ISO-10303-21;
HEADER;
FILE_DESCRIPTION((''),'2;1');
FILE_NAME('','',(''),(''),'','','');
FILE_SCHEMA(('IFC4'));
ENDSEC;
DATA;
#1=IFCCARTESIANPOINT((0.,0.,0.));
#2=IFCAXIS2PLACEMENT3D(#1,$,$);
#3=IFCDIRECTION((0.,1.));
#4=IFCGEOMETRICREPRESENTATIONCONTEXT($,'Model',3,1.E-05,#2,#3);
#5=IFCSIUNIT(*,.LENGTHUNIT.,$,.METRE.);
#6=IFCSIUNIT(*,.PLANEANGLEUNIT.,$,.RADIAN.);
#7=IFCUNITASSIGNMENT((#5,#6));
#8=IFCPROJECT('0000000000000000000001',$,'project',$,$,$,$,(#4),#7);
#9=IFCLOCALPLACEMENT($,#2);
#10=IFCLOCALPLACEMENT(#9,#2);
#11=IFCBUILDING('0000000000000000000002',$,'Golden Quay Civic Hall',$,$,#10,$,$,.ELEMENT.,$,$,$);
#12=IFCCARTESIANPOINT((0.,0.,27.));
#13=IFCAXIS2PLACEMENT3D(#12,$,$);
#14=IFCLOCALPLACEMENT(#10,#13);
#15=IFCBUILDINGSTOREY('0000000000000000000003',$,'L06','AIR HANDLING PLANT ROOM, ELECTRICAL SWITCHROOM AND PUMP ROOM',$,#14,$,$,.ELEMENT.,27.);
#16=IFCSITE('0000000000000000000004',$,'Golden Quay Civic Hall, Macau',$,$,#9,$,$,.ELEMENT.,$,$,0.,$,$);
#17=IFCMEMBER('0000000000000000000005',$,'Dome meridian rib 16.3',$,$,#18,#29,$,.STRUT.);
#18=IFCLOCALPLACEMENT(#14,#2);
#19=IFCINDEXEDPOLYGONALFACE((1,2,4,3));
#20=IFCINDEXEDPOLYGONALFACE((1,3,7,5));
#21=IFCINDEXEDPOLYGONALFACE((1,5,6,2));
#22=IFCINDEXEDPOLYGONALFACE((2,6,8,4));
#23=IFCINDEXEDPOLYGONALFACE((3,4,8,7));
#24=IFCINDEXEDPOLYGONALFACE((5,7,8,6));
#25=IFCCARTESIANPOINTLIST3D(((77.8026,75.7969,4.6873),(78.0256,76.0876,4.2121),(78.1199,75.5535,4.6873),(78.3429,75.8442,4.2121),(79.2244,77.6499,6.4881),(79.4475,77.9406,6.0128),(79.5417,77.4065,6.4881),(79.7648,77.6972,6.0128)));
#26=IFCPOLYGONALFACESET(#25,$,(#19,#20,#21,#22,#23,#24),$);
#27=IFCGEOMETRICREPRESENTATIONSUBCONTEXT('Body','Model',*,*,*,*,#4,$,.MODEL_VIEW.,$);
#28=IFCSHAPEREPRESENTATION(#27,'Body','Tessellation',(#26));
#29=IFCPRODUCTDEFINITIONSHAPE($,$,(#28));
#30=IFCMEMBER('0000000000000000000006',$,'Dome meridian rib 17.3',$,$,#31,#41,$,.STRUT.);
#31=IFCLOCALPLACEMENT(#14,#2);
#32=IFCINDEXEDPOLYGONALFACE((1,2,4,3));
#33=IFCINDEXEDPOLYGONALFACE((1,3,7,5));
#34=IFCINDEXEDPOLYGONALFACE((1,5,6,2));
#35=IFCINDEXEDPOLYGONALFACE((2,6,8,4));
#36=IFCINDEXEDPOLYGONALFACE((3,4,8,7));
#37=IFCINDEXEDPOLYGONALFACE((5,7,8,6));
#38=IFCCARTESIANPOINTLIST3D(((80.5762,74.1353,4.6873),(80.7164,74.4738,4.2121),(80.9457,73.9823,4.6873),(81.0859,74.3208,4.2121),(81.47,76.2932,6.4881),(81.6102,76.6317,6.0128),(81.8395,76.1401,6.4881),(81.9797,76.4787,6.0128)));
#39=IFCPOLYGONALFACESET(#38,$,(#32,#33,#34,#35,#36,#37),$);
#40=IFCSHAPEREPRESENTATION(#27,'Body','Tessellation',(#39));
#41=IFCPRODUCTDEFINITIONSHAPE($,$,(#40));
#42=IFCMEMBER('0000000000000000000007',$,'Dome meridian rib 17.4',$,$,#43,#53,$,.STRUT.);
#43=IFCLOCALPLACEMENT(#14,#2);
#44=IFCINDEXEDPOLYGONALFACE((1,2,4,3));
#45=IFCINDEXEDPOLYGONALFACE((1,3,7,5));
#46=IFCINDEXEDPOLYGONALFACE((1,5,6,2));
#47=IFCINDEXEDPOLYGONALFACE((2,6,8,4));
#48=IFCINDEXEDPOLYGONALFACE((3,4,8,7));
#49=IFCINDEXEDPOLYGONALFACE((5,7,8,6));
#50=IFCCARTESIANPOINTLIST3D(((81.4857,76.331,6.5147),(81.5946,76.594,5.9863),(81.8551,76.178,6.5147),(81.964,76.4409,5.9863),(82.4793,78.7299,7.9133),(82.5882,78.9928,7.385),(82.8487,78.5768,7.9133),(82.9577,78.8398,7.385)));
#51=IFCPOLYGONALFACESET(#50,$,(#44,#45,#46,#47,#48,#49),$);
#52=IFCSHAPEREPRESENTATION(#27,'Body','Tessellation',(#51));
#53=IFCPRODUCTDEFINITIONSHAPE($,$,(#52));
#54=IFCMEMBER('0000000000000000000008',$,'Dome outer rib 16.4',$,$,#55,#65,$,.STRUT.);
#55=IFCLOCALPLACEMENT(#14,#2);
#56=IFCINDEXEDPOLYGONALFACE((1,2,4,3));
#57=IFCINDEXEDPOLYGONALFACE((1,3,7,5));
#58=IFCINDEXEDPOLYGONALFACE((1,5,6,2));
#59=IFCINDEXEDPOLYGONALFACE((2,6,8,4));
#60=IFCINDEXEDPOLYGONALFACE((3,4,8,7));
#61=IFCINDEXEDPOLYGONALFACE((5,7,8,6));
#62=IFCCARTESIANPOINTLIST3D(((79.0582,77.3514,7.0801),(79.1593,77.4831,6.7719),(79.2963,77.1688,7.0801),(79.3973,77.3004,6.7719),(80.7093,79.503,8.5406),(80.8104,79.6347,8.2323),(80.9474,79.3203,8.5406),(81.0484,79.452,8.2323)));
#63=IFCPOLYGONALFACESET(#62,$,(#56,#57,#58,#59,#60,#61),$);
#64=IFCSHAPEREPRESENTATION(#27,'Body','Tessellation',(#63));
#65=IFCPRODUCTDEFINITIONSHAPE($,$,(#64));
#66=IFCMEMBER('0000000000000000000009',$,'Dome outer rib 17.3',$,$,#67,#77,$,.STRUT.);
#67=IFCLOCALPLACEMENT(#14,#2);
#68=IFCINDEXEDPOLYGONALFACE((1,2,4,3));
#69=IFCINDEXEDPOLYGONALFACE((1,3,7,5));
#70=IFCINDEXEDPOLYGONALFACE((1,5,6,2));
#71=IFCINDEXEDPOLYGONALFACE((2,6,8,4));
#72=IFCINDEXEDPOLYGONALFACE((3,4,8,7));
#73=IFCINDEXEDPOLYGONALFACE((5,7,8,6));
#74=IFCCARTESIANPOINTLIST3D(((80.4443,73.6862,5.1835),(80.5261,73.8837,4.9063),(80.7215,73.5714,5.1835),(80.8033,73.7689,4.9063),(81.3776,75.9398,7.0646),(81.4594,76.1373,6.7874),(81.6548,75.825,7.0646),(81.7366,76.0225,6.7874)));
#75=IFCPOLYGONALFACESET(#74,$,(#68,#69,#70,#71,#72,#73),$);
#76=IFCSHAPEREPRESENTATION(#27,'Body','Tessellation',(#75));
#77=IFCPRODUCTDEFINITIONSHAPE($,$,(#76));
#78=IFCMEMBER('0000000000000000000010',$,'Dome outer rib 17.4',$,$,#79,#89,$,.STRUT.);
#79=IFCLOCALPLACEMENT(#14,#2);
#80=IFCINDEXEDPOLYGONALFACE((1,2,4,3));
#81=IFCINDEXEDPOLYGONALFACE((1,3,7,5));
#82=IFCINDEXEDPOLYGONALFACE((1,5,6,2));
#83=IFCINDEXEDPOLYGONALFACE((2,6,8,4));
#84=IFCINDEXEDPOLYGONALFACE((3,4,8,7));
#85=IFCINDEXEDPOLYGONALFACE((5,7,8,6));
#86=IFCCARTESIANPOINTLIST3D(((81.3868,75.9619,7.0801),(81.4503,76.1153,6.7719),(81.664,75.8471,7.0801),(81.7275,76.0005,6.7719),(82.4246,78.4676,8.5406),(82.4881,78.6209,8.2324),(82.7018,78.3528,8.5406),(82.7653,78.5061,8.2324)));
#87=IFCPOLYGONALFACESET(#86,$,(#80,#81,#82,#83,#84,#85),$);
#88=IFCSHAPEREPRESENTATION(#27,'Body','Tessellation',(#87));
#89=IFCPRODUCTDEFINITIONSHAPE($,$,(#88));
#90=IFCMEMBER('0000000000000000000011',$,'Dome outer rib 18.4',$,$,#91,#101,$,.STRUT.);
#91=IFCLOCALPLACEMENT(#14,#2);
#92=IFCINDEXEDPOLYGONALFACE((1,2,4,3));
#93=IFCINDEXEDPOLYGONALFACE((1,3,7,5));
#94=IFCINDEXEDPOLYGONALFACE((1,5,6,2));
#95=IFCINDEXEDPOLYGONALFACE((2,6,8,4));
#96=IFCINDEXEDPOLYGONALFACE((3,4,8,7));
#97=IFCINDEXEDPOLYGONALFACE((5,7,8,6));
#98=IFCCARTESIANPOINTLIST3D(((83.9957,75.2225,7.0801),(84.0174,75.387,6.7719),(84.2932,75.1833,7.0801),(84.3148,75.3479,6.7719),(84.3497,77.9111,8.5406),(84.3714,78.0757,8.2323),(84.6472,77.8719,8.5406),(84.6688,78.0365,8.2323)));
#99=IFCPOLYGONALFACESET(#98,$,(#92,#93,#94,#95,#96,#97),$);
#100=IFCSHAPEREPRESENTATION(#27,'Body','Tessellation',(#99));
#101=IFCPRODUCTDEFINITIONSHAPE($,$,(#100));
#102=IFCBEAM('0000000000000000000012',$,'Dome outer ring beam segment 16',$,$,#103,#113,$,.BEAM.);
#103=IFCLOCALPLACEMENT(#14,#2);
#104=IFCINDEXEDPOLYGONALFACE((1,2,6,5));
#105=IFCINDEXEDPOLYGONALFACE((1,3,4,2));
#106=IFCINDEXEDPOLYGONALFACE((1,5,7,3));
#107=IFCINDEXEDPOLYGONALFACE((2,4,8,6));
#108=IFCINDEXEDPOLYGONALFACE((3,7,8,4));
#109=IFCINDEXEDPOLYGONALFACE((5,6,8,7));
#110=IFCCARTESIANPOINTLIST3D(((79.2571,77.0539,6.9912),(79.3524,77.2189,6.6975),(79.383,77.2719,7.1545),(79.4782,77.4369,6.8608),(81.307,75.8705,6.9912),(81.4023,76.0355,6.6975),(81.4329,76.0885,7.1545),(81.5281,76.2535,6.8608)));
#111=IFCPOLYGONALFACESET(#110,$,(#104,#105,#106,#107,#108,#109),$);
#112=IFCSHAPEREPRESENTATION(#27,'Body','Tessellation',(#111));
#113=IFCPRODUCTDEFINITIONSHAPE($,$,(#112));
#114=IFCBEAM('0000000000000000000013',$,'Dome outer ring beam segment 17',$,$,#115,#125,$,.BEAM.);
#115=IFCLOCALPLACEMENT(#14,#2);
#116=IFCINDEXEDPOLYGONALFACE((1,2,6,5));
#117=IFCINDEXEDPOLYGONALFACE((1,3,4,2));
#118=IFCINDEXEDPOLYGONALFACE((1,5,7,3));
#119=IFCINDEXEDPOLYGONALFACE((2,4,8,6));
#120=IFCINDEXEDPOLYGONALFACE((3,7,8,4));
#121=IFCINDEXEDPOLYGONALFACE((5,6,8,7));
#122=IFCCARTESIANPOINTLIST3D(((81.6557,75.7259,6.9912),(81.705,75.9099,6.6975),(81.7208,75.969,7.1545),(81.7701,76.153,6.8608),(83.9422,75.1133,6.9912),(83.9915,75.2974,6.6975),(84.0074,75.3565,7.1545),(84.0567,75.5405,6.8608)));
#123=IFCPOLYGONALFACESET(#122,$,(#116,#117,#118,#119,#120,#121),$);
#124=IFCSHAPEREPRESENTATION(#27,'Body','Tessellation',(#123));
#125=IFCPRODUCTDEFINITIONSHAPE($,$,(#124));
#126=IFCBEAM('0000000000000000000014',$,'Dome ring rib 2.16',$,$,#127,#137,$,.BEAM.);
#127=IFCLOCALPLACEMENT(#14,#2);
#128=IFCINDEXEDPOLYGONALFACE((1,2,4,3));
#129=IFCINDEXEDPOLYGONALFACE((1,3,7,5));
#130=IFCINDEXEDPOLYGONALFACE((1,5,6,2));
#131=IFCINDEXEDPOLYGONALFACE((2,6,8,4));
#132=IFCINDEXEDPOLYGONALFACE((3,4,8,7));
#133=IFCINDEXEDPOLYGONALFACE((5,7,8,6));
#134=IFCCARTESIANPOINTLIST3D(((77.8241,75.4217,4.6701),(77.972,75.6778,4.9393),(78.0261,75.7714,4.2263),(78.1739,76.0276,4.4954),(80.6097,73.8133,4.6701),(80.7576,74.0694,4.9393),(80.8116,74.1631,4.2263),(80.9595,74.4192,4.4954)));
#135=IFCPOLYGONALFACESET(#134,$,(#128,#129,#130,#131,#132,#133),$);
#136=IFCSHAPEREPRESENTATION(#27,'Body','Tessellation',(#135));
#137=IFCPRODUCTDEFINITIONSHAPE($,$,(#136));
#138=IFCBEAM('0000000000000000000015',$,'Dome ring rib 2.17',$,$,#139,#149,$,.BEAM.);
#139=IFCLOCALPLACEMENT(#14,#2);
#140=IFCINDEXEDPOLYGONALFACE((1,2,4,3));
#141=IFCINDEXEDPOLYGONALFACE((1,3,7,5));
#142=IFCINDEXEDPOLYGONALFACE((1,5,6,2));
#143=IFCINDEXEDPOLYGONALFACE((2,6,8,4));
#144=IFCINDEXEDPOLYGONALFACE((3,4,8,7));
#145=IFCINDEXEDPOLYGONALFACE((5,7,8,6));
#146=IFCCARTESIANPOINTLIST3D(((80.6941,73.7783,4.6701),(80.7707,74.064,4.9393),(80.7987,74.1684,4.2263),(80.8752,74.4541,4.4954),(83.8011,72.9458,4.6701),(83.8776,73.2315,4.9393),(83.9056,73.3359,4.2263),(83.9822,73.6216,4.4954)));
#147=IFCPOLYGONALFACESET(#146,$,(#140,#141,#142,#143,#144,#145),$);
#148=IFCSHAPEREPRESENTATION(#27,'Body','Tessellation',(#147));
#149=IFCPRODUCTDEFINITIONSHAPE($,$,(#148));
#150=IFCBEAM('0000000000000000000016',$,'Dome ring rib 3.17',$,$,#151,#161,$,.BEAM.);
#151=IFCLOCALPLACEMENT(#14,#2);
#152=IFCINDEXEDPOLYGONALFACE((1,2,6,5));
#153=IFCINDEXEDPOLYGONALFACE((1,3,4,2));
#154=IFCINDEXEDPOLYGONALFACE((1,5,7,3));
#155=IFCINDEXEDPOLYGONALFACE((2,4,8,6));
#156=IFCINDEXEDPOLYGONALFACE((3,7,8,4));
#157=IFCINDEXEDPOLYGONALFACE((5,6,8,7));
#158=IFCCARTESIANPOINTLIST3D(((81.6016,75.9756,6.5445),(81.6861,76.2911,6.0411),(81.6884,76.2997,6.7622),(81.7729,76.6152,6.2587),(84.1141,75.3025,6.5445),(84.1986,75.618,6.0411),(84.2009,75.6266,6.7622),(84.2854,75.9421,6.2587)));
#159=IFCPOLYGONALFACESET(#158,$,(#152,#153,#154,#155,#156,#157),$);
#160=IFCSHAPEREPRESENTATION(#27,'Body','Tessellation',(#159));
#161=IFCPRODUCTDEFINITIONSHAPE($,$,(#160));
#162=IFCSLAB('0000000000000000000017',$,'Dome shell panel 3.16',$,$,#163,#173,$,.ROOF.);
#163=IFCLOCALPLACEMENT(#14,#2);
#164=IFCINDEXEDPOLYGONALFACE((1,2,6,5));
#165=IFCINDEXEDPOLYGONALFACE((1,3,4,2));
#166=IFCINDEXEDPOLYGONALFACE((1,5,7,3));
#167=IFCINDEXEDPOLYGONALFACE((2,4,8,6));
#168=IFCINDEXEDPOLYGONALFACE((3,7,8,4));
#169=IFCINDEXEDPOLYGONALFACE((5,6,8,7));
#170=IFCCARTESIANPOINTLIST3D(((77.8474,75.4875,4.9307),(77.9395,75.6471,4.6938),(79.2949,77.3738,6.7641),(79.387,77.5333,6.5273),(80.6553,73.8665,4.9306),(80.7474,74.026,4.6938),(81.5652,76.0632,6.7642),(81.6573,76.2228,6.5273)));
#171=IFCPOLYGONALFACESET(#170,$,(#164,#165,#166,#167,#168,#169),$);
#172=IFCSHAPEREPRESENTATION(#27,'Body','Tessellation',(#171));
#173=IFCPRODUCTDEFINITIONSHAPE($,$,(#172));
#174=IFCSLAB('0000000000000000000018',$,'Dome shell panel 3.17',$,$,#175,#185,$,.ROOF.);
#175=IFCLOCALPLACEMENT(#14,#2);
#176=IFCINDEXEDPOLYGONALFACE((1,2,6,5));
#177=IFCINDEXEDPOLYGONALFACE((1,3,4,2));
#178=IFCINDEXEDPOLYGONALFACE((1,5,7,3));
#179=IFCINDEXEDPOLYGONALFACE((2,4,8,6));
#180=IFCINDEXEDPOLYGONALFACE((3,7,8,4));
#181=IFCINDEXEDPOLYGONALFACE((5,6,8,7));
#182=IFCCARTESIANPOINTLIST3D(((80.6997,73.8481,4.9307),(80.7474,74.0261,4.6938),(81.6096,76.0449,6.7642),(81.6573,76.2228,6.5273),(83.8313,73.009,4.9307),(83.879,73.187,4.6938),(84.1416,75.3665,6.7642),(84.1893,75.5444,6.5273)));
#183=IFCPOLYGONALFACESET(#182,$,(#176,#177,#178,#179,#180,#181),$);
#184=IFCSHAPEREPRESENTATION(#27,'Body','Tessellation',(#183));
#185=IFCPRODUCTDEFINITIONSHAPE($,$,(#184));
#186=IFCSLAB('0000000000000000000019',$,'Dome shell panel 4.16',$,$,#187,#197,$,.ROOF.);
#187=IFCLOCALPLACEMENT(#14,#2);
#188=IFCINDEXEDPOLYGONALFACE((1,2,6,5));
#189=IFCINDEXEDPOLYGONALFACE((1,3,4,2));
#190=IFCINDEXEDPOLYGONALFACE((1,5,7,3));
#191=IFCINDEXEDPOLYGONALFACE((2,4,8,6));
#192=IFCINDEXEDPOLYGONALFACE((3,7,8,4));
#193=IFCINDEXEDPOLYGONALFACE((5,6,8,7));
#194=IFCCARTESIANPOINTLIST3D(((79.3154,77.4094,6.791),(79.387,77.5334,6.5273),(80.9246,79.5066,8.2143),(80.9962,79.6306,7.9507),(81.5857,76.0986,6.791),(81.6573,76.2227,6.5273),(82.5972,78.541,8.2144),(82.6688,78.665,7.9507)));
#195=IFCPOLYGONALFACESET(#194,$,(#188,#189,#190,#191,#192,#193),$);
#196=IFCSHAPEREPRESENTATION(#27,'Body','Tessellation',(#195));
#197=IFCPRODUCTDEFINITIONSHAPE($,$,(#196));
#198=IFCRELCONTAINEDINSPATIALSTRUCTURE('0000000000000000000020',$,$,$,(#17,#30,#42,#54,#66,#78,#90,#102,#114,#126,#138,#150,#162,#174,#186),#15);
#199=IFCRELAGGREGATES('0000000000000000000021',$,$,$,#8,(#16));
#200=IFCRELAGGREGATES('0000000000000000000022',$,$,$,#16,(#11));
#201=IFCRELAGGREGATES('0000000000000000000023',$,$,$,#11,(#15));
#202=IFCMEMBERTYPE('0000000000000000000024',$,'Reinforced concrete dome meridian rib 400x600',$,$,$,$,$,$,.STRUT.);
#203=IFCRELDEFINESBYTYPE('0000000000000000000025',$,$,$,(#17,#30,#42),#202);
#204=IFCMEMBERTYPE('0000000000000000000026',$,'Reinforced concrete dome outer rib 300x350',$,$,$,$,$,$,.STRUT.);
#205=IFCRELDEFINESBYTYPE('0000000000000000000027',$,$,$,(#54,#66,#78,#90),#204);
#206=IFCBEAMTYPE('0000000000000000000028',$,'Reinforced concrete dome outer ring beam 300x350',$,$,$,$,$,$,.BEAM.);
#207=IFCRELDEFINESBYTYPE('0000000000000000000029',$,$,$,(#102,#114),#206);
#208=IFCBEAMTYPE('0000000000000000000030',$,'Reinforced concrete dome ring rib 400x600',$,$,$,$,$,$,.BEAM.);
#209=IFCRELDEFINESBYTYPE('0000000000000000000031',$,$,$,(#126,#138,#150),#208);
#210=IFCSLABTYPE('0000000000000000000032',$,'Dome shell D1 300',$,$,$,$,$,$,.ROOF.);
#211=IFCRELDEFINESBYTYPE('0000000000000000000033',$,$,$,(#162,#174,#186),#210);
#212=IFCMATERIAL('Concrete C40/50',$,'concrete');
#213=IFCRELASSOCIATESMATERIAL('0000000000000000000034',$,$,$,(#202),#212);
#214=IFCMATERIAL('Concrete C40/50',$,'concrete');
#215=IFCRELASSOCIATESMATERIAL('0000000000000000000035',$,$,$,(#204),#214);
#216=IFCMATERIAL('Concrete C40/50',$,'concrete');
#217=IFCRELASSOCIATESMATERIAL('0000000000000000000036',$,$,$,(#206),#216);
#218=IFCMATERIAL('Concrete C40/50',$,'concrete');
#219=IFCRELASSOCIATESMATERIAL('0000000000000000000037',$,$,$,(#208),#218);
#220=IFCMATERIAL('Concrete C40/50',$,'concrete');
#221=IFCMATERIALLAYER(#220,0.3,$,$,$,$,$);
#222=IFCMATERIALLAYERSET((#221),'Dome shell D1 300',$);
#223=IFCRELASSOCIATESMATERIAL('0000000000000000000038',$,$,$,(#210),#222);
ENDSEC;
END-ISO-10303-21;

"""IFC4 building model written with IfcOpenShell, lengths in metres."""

from ifc_helpers import new_model, si_unit, direction, frame, origin, origin_2d, place, context, subcontext, project, spatial, polyline, rectangle, outline, extrude, material, layer, layer_set, material_profile, profile_set, type_object, element, save


model = new_model("IFC4")

# Units and contexts
model_context = context("Model", 3, precision=1e-05, world=origin(), true_north=direction((0.0, 1.0)))
body_context = subcontext(model_context, "Body", "Model", "MODEL_VIEW")
ifc_project = project(units=[si_unit("LENGTHUNIT", "METRE"), si_unit("PLANEANGLEUNIT", "RADIAN")], contexts=[model_context])

# Site, building, storey
site_placement = place(None, origin())
site = spatial("IfcSite", under=ifc_project, at=site_placement, Name="Golden Quay Civic Hall, Macau", CompositionType="ELEMENT", RefElevation=0.0)
building_placement = place(site_placement, origin())
building = spatial("IfcBuilding", under=site, at=building_placement, Name="Golden Quay Civic Hall", CompositionType="ELEMENT")
storey_placement = place(building_placement, frame((0.0, 0.0, 27.0)))
storey = spatial("IfcBuildingStorey", under=building, at=storey_placement, Name="L06", Description="AIR HANDLING PLANT ROOM, ELECTRICAL SWITCHROOM AND PUMP ROOM", CompositionType="ELEMENT", Elevation=27.0)

# Members
ifc_material_1 = material(Name="Concrete C40/50", Category="concrete")
ifc_material_profile_1 = material_profile(ifc_material_1, rectangle(XDim=0.3999, YDim=0.6001, at=origin_2d()), Name="RC 400x600")
ifc_profile_set_1 = profile_set([ifc_material_profile_1], Name="Concrete C40/50")
member_type_1 = type_object("IfcMemberType", Name="Reinforced concrete dome meridian rib 400x600", PredefinedType="STRUT", material=ifc_profile_set_1)
for number, where, z_axis, x_axis, name in (
    (1, (78.0728, 75.8206, 4.4497), (0.482109, 0.628298, 0.610583), (-0.793354, 0.608761, 0.0), "Dome meridian rib 16.3"),
    (2, (80.8311, 74.228, 4.4497), (0.303053, 0.731681, 0.610575), (-0.923888, 0.382663, 0.0), "Dome meridian rib 17.3"),
    (3, (81.7249, 76.386, 6.2505), (0.336909, 0.813382, 0.474238), (-0.923882, 0.382678, 0.0), "Dome meridian rib 17.4"),
):
    element("IfcMember", number, at=place(storey_placement, frame(where, z_axis=z_axis, x_axis=x_axis)), inside=storey, type_object=member_type_1, Name=name, PredefinedType="STRUT", context=body_context, shape_type="SweptSolid", body=[
        extrude(rectangle(XDim=0.3999, YDim=0.6001, at=origin_2d()), origin(), (0.0, 0.0, 1.0), 2.9492),
    ])
ifc_material_2 = material(Name="Concrete C40/50", Category="concrete")
ifc_material_profile_2 = material_profile(ifc_material_2, rectangle(XDim=0.3, YDim=0.3501, at=origin_2d()), Name="RC 300x350")
ifc_profile_set_2 = profile_set([ifc_material_profile_2], Name="Concrete C40/50")
member_type_2 = type_object("IfcMemberType", Name="Reinforced concrete dome outer rib 300x350", PredefinedType="STRUT", material=ifc_profile_set_2)
for number, where, z_axis, x_axis, name in (
    (4, (79.2278, 77.3259, 6.926), (0.536018, 0.698496, 0.474118), (-0.79333, 0.608792, 0.0), "Dome outer rib 16.4"),
    (5, (80.6238, 73.7275, 5.0449), (0.302999, 0.73162, 0.610674), (-0.923901, 0.382632, 0.0), "Dome outer rib 17.3"),
    (6, (81.5571, 75.9812, 6.926), (0.336931, 0.813437, 0.474128), (-0.923882, 0.382678, 0.0), "Dome outer rib 17.4"),
):
    element("IfcMember", number, at=place(storey_placement, frame(where, z_axis=z_axis, x_axis=x_axis)), inside=storey, type_object=member_type_2, Name=name, PredefinedType="STRUT", context=body_context, shape_type="SweptSolid", body=[
        extrude(rectangle(XDim=0.3, YDim=0.3501, at=origin_2d()), origin(), (0.0, 0.0, 1.0), 3.0803),
    ])
member_placement = place(storey_placement, frame((84.1553, 75.2852, 6.926), z_axis=(0.11493, 0.872913, 0.474146), x_axis=(-0.991444, 0.130536, 0.0)))
element("IfcMember", 7, at=member_placement, inside=storey, type_object=member_type_2, Name="Dome outer rib 18.4", PredefinedType="STRUT", context=body_context, shape_type="SweptSolid", body=[
    extrude(rectangle(XDim=0.3, YDim=0.3501, at=origin_2d()), origin(), (0.0, 0.0, 1.0), 3.0801),
])

# Beams
ifc_material_3 = material(Name="Concrete C40/50", Category="concrete")
ifc_material_profile_3 = material_profile(ifc_material_3, rectangle(XDim=0.3, YDim=0.3501, at=origin_2d()), Name="RC 300x350")
ifc_profile_set_3 = profile_set([ifc_material_profile_3], Name="Concrete C40/50")
beam_type_1 = type_object("IfcBeamType", Name="Reinforced concrete dome outer ring beam 300x350", PredefinedType="BEAM", material=ifc_profile_set_3)
beam_1_placement = place(storey_placement, frame((79.3677, 77.2454, 6.926), z_axis=(0.866045, -0.499967, 0.0), x_axis=(0.419447, 0.726568, 0.544209)))
element("IfcBeam", 8, at=beam_1_placement, inside=storey, type_object=beam_type_1, Name="Dome outer ring beam segment 16", PredefinedType="BEAM", context=body_context, shape_type="SweptSolid", body=[
    extrude(rectangle(XDim=0.3, YDim=0.3501, at=origin_2d()), origin(), (0.0, 0.0, 1.0), 2.3669),
])
beam_2_placement = place(storey_placement, frame((81.7129, 75.9395, 6.926), z_axis=(0.965942, -0.25876, 0.0), x_axis=(0.217087, 0.810377, 0.544209)))
element("IfcBeam", 9, at=beam_2_placement, inside=storey, type_object=beam_type_1, Name="Dome outer ring beam segment 17", PredefinedType="BEAM", context=body_context, shape_type="SweptSolid", body=[
    extrude(rectangle(XDim=0.3, YDim=0.3501, at=origin_2d()), origin(), (0.0, 0.0, 1.0), 2.3672),
])
ifc_material_4 = material(Name="Concrete C40/50", Category="concrete")
ifc_material_profile_4 = material_profile(ifc_material_4, rectangle(XDim=0.3999, YDim=0.6001, at=origin_2d()), Name="RC 400x600")
ifc_profile_set_4 = profile_set([ifc_material_profile_4], Name="Concrete C40/50")
beam_type_2 = type_object("IfcBeamType", Name="Reinforced concrete dome ring rib 400x600", PredefinedType="BEAM", material=ifc_profile_set_4)
for number, where, z_axis, x_axis, name in (
    (10, (77.999, 75.7246, 4.5828), (0.866011, -0.500025, 0.0), (0.369816, 0.640497, 0.673053), "Dome ring rib 2.16"),
    (11, (80.7847, 74.1162, 4.5828), (0.965924, -0.258825, 0.0), (0.191425, 0.714393, 0.673053), "Dome ring rib 2.17"),
):
    element("IfcBeam", number, at=place(storey_placement, frame(where, z_axis=z_axis, x_axis=x_axis)), inside=storey, type_object=beam_type_2, Name=name, PredefinedType="BEAM", context=body_context, shape_type="SweptSolid", body=[
        extrude(rectangle(XDim=0.3999, YDim=0.6001, at=origin_2d()), origin(), (0.0, 0.0, 1.0), 3.2166),
    ])
beam_3_placement = place(storey_placement, frame((81.6873, 76.2954, 6.4016), z_axis=(0.965937, -0.258778, 0.0), x_axis=(0.217102, 0.810373, 0.544209)))
element("IfcBeam", 12, at=beam_3_placement, inside=storey, type_object=beam_type_2, Name="Dome ring rib 3.17", PredefinedType="BEAM", context=body_context, shape_type="SweptSolid", body=[
    extrude(rectangle(XDim=0.3999, YDim=0.6001, at=origin_2d()), origin(), (0.0, 0.0, 1.0), 2.6011),
])

# Slabs
ifc_material_5 = material(Name="Concrete C40/50", Category="concrete")
ifc_layer_1 = layer(ifc_material_5, 0.3)
ifc_layer_set_1 = layer_set([ifc_layer_1], Name="Dome shell D1 300")
slab_type = type_object("IfcSlabType", Name="Dome shell D1 300", PredefinedType="ROOF", material=ifc_layer_set_1)
slab_1_placement = place(storey_placement, frame((77.8474, 75.4875, 4.9307), z_axis=(-0.306954, -0.531698, 0.789352), x_axis=(0.866034, -0.499986, -0.000012)))
element("IfcSlab", 13, at=slab_1_placement, inside=storey, type_object=slab_type, Name="Dome shell panel 3.16", PredefinedType="ROOF", context=body_context, shape_type="SweptSolid", body=[
    extrude(outline(polyline([(0.0, 0.0), (3.2422, 0.0), (2.9319, 2.9865), (0.3105, 2.9864), (0.0, 0.0)])), origin(), (0.0, 0.0, -1.0), 0.3),
])
slab_2_placement = place(storey_placement, frame((80.6997, 73.8481, 4.9307), z_axis=(-0.1589, -0.59301, 0.78936), x_axis=(0.965925, -0.258821, 0.000002)))
element("IfcSlab", 14, at=slab_2_placement, inside=storey, type_object=slab_type, Name="Dome shell panel 3.17", PredefinedType="ROOF", context=body_context, shape_type="SweptSolid", body=[
    extrude(outline(polyline([(0.0, 0.0), (3.2421, 0.0), (2.9316, 2.9865), (0.3103, 2.9865), (0.0, 0.0)])), origin(), (0.0, 0.0, -1.0), 0.3),
])
slab_3_placement = place(storey_placement, frame((79.3154, 77.4094, 6.791), z_axis=(-0.23862, -0.413311, 0.878769), x_axis=(0.86602, -0.50001, -0.000011)))
element("IfcSlab", 15, at=slab_3_placement, inside=storey, type_object=slab_type, Name="Dome shell panel 4.16", PredefinedType="ROOF", context=body_context, shape_type="SweptSolid", body=[
    extrude(outline(polyline([(0.0, 0.0), (2.6215, 0.0), (2.2762, 2.9824), (0.3449, 2.9823), (0.0, 0.0)])), origin(), (0.0, 0.0, -1.0), 0.3),
])

save(model, "model.ifc")
